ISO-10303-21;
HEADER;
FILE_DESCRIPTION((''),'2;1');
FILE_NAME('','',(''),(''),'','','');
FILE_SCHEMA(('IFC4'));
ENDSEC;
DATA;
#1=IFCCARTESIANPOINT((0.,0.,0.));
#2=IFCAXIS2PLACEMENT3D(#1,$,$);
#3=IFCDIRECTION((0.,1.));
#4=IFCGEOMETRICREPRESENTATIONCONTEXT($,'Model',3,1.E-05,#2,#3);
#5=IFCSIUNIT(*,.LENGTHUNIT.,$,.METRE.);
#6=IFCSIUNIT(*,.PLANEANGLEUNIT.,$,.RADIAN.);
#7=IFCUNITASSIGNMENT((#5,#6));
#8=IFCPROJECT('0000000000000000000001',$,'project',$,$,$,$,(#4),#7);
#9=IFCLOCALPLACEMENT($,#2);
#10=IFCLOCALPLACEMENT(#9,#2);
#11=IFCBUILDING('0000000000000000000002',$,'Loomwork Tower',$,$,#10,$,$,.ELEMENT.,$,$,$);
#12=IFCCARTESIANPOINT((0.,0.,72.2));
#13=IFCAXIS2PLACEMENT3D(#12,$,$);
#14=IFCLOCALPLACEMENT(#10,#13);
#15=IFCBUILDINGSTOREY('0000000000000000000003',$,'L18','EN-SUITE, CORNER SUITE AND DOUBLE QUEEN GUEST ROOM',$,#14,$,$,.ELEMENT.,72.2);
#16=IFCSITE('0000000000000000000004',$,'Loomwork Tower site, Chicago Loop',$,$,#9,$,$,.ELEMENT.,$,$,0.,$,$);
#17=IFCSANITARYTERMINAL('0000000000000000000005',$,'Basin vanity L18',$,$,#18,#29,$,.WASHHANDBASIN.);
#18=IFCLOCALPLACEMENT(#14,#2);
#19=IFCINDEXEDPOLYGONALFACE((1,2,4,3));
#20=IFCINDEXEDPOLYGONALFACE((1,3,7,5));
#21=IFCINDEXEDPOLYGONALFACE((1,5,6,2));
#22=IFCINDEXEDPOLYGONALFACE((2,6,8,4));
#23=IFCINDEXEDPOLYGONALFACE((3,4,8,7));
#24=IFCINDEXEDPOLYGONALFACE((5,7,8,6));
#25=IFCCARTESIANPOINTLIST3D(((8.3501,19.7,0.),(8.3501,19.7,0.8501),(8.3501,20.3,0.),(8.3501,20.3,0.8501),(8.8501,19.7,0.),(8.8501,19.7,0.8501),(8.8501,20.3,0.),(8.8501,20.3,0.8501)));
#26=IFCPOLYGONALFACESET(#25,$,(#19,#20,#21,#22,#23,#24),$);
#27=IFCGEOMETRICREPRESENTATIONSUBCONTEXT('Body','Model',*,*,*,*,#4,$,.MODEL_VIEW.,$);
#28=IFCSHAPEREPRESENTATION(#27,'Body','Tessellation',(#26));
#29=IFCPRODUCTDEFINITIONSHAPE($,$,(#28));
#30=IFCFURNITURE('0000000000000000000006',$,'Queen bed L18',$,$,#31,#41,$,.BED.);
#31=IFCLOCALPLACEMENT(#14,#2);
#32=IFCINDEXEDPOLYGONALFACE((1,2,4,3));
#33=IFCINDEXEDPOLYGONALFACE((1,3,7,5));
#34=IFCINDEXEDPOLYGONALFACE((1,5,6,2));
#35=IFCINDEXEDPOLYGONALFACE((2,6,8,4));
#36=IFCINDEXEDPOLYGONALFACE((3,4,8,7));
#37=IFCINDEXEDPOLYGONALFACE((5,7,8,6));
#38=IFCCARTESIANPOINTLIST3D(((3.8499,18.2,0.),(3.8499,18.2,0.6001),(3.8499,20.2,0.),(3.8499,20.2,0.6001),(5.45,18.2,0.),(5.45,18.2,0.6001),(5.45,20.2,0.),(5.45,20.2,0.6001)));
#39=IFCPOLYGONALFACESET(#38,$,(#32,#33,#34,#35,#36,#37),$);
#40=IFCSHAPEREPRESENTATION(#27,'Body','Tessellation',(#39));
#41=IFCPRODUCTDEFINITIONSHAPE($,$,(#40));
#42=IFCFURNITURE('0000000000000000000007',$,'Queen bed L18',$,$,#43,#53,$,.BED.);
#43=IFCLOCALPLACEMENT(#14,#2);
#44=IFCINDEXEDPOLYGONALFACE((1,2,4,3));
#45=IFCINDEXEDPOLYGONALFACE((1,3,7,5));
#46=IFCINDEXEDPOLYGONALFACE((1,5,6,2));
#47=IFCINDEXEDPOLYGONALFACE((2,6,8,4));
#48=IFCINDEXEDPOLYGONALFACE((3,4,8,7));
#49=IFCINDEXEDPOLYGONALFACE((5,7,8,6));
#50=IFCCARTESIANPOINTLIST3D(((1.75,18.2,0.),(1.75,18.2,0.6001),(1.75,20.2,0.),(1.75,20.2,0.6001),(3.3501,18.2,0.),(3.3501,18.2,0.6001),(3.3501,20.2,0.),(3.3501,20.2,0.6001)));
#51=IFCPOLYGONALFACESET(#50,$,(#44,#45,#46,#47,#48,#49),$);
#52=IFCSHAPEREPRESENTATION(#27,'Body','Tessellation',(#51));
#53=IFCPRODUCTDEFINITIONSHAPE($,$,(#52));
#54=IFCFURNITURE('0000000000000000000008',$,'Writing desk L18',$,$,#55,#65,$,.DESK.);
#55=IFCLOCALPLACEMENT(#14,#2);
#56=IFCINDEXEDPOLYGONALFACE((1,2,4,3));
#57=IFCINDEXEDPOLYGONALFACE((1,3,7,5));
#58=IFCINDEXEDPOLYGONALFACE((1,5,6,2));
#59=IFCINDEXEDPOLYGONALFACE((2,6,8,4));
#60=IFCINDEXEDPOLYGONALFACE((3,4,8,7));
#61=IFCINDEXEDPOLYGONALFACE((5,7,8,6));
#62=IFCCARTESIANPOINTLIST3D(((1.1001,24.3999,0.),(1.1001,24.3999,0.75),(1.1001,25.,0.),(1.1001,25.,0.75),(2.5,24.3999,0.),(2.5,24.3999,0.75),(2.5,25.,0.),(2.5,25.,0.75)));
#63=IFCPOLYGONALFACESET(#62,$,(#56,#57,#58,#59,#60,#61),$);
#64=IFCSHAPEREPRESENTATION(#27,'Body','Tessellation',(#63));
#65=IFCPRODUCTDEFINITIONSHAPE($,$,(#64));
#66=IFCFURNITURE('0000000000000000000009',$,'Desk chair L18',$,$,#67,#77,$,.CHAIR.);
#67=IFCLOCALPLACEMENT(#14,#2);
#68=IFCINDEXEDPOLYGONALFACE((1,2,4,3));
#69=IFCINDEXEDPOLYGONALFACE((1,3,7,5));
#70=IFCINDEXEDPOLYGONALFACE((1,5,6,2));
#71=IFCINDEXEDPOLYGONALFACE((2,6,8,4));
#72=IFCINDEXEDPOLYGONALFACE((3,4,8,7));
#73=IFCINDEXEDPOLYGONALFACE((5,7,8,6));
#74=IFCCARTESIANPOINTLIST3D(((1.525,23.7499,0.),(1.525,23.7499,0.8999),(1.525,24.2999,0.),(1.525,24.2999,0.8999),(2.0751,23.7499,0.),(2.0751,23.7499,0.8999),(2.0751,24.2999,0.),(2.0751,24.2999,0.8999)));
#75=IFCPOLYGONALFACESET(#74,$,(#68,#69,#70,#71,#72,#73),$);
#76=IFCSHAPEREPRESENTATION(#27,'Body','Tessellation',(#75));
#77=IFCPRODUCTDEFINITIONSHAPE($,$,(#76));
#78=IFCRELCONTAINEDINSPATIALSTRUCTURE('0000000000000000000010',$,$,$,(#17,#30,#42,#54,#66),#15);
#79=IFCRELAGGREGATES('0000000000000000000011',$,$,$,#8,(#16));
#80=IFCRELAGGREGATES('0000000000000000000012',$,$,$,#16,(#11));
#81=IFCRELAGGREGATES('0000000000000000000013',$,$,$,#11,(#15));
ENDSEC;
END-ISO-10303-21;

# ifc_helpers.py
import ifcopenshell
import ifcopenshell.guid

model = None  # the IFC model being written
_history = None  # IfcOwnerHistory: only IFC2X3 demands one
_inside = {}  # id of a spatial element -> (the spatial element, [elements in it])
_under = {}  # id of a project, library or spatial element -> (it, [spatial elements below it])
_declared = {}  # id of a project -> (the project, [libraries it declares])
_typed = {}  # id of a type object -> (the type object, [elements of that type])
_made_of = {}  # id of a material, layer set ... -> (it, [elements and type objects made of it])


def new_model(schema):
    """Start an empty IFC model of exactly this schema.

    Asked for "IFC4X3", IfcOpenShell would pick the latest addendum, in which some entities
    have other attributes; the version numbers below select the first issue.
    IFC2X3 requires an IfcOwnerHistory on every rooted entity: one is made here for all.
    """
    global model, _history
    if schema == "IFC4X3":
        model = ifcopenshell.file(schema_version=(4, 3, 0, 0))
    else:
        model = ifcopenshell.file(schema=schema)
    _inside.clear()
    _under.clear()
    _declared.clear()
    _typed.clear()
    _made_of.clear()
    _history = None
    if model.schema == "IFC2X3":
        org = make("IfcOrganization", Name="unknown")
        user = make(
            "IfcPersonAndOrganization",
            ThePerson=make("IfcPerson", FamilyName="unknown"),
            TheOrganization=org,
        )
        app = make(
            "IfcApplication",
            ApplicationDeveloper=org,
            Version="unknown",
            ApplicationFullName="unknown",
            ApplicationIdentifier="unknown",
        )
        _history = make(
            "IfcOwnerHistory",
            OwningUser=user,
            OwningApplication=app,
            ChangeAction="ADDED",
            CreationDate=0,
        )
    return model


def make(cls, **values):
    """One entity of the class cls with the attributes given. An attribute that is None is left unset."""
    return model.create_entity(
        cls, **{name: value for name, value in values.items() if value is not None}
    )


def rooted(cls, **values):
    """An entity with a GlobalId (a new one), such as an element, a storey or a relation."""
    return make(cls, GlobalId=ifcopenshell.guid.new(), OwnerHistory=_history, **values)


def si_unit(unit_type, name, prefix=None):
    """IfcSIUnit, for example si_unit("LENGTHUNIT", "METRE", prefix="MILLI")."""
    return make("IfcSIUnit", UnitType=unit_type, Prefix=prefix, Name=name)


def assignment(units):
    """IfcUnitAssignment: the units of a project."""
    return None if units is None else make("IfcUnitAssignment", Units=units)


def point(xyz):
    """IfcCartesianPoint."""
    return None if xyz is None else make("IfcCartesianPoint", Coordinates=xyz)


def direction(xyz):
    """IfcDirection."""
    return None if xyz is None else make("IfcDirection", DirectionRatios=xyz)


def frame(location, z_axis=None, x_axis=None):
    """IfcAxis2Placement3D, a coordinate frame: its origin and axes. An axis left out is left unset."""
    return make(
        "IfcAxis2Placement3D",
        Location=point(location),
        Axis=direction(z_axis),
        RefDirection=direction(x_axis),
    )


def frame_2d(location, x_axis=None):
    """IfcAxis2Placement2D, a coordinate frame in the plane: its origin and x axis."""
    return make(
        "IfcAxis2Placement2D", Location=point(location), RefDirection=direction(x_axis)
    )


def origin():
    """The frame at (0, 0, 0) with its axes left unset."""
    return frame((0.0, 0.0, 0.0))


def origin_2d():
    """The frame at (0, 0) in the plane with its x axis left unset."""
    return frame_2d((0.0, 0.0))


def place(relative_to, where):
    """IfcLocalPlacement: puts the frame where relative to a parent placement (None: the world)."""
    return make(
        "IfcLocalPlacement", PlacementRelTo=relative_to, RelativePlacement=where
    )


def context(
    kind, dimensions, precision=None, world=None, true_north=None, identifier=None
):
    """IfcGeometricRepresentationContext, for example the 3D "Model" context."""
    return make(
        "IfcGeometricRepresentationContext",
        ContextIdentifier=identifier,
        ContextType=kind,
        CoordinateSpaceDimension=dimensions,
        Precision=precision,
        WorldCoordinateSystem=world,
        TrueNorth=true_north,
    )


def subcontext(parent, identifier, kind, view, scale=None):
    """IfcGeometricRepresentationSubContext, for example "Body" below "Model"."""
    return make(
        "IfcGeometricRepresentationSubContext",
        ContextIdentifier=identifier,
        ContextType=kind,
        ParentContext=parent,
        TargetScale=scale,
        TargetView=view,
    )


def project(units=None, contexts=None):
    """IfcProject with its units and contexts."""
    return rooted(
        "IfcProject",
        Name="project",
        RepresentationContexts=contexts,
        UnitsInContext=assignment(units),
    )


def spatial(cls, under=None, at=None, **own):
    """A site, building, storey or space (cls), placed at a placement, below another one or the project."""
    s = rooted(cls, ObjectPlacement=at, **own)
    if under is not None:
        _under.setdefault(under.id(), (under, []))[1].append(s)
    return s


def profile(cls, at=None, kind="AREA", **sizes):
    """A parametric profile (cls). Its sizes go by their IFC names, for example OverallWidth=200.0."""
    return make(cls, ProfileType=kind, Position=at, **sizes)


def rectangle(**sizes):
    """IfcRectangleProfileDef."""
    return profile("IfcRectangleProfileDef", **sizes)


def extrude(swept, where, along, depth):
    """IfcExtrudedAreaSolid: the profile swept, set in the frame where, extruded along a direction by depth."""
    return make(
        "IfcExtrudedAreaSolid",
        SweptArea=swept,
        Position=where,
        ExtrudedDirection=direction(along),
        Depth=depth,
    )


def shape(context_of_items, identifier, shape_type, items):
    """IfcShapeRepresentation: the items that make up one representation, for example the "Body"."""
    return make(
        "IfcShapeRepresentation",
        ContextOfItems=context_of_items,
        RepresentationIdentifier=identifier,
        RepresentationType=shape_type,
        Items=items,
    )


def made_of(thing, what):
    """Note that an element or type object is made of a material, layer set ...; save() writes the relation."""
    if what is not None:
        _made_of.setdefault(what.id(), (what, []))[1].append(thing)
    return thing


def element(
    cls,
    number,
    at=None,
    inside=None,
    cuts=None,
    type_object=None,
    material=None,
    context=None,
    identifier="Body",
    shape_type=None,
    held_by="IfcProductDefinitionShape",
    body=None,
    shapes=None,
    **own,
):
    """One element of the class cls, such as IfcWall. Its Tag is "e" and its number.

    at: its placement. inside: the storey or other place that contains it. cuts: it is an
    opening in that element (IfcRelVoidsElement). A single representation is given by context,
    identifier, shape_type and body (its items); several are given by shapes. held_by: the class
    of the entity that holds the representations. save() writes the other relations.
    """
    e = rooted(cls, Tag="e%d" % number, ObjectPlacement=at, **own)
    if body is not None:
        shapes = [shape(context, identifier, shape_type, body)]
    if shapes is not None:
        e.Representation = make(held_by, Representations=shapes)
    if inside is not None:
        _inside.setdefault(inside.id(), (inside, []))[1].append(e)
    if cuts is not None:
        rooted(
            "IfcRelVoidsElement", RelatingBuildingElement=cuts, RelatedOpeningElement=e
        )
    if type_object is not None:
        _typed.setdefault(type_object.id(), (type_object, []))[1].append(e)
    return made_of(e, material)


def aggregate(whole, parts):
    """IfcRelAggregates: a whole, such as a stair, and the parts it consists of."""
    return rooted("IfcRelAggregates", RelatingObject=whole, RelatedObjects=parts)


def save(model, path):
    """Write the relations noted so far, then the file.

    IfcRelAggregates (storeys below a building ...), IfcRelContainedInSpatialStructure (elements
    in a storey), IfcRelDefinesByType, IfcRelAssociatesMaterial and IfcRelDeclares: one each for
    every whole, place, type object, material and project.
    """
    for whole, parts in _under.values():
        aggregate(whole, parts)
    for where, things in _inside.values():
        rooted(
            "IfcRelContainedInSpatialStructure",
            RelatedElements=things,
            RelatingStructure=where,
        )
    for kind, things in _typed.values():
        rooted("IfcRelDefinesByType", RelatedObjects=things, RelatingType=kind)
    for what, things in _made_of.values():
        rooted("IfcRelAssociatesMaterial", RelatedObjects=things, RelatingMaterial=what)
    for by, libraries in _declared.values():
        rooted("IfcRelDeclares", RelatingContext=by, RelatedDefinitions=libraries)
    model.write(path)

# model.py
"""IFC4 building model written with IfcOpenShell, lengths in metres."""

from ifc_helpers import new_model, si_unit, direction, frame, origin, origin_2d, place, context, subcontext, project, spatial, rectangle, extrude, element, save


model = new_model("IFC4")

# Units and contexts
model_context = context("Model", 3, precision=1e-05, world=origin(), true_north=direction((0.0, 1.0)))
body_context = subcontext(model_context, "Body", "Model", "MODEL_VIEW")
ifc_project = project(units=[si_unit("LENGTHUNIT", "METRE"), si_unit("PLANEANGLEUNIT", "RADIAN")], contexts=[model_context])

# Site, building, storey
site_placement = place(None, origin())
site = spatial("IfcSite", under=ifc_project, at=site_placement, Name="Loomwork Tower site, Chicago Loop", CompositionType="ELEMENT", RefElevation=0.0)
building_placement = place(site_placement, origin())
building = spatial("IfcBuilding", under=site, at=building_placement, Name="Loomwork Tower", CompositionType="ELEMENT")
storey_placement = place(building_placement, frame((0.0, 0.0, 72.2)))
storey = spatial("IfcBuildingStorey", under=building, at=storey_placement, Name="L18", Description="EN-SUITE, CORNER SUITE AND DOUBLE QUEEN GUEST ROOM", CompositionType="ELEMENT", Elevation=72.2)

# Sanitary terminal
sanitary_terminal_1_placement = place(storey_placement, frame((8.6001, 20.0, 0.0), z_axis=(0.0, 0.0, 1.0), x_axis=(1.0, 0.0, 0.0)))
element("IfcSanitaryTerminal", 1, at=sanitary_terminal_1_placement, inside=storey, Name="Basin vanity L18", PredefinedType="WASHHANDBASIN", context=body_context, shape_type="SweptSolid", body=[
    extrude(rectangle(XDim=0.5, YDim=0.6001, at=origin_2d()), origin(), (0.0, 0.0, 1.0), 0.8501),
])

# Furniture
for number, where, z_axis, x_axis, name in (
    (2, (4.6499, 19.2, 0.0), (0.0, 0.0, 1.0), (1.0, 0.0, 0.0), "Queen bed L18"),
    (3, (2.55, 19.2, 0.0), (0.0, 0.0, 1.0), (1.0, 0.0, 0.0), "Queen bed L18"),
):
    element("IfcFurniture", number, at=place(storey_placement, frame(where, z_axis=z_axis, x_axis=x_axis)), inside=storey, Name=name, PredefinedType="BED", context=body_context, shape_type="SweptSolid", body=[
        extrude(rectangle(XDim=1.6001, YDim=2.0, at=origin_2d()), origin(), (0.0, 0.0, 1.0), 0.6001),
    ])
furniture_1_placement = place(storey_placement, frame((1.8, 24.7, 0.0), z_axis=(0.0, 0.0, 1.0), x_axis=(1.0, 0.0, 0.0)))
element("IfcFurniture", 4, at=furniture_1_placement, inside=storey, Name="Writing desk L18", PredefinedType="DESK", context=body_context, shape_type="SweptSolid", body=[
    extrude(rectangle(XDim=1.3999, YDim=0.6001, at=origin_2d()), origin(), (0.0, 0.0, 1.0), 0.75),
])
furniture_2_placement = place(storey_placement, frame((1.8, 24.0249, 0.0), z_axis=(0.0, 0.0, 1.0), x_axis=(1.0, 0.0, 0.0)))
element("IfcFurniture", 5, at=furniture_2_placement, inside=storey, Name="Desk chair L18", PredefinedType="CHAIR", context=body_context, shape_type="SweptSolid", body=[
    extrude(rectangle(XDim=0.55, YDim=0.55, at=origin_2d()), origin(), (0.0, 0.0, 1.0), 0.8999),
])

save(model, "model.ifc")
